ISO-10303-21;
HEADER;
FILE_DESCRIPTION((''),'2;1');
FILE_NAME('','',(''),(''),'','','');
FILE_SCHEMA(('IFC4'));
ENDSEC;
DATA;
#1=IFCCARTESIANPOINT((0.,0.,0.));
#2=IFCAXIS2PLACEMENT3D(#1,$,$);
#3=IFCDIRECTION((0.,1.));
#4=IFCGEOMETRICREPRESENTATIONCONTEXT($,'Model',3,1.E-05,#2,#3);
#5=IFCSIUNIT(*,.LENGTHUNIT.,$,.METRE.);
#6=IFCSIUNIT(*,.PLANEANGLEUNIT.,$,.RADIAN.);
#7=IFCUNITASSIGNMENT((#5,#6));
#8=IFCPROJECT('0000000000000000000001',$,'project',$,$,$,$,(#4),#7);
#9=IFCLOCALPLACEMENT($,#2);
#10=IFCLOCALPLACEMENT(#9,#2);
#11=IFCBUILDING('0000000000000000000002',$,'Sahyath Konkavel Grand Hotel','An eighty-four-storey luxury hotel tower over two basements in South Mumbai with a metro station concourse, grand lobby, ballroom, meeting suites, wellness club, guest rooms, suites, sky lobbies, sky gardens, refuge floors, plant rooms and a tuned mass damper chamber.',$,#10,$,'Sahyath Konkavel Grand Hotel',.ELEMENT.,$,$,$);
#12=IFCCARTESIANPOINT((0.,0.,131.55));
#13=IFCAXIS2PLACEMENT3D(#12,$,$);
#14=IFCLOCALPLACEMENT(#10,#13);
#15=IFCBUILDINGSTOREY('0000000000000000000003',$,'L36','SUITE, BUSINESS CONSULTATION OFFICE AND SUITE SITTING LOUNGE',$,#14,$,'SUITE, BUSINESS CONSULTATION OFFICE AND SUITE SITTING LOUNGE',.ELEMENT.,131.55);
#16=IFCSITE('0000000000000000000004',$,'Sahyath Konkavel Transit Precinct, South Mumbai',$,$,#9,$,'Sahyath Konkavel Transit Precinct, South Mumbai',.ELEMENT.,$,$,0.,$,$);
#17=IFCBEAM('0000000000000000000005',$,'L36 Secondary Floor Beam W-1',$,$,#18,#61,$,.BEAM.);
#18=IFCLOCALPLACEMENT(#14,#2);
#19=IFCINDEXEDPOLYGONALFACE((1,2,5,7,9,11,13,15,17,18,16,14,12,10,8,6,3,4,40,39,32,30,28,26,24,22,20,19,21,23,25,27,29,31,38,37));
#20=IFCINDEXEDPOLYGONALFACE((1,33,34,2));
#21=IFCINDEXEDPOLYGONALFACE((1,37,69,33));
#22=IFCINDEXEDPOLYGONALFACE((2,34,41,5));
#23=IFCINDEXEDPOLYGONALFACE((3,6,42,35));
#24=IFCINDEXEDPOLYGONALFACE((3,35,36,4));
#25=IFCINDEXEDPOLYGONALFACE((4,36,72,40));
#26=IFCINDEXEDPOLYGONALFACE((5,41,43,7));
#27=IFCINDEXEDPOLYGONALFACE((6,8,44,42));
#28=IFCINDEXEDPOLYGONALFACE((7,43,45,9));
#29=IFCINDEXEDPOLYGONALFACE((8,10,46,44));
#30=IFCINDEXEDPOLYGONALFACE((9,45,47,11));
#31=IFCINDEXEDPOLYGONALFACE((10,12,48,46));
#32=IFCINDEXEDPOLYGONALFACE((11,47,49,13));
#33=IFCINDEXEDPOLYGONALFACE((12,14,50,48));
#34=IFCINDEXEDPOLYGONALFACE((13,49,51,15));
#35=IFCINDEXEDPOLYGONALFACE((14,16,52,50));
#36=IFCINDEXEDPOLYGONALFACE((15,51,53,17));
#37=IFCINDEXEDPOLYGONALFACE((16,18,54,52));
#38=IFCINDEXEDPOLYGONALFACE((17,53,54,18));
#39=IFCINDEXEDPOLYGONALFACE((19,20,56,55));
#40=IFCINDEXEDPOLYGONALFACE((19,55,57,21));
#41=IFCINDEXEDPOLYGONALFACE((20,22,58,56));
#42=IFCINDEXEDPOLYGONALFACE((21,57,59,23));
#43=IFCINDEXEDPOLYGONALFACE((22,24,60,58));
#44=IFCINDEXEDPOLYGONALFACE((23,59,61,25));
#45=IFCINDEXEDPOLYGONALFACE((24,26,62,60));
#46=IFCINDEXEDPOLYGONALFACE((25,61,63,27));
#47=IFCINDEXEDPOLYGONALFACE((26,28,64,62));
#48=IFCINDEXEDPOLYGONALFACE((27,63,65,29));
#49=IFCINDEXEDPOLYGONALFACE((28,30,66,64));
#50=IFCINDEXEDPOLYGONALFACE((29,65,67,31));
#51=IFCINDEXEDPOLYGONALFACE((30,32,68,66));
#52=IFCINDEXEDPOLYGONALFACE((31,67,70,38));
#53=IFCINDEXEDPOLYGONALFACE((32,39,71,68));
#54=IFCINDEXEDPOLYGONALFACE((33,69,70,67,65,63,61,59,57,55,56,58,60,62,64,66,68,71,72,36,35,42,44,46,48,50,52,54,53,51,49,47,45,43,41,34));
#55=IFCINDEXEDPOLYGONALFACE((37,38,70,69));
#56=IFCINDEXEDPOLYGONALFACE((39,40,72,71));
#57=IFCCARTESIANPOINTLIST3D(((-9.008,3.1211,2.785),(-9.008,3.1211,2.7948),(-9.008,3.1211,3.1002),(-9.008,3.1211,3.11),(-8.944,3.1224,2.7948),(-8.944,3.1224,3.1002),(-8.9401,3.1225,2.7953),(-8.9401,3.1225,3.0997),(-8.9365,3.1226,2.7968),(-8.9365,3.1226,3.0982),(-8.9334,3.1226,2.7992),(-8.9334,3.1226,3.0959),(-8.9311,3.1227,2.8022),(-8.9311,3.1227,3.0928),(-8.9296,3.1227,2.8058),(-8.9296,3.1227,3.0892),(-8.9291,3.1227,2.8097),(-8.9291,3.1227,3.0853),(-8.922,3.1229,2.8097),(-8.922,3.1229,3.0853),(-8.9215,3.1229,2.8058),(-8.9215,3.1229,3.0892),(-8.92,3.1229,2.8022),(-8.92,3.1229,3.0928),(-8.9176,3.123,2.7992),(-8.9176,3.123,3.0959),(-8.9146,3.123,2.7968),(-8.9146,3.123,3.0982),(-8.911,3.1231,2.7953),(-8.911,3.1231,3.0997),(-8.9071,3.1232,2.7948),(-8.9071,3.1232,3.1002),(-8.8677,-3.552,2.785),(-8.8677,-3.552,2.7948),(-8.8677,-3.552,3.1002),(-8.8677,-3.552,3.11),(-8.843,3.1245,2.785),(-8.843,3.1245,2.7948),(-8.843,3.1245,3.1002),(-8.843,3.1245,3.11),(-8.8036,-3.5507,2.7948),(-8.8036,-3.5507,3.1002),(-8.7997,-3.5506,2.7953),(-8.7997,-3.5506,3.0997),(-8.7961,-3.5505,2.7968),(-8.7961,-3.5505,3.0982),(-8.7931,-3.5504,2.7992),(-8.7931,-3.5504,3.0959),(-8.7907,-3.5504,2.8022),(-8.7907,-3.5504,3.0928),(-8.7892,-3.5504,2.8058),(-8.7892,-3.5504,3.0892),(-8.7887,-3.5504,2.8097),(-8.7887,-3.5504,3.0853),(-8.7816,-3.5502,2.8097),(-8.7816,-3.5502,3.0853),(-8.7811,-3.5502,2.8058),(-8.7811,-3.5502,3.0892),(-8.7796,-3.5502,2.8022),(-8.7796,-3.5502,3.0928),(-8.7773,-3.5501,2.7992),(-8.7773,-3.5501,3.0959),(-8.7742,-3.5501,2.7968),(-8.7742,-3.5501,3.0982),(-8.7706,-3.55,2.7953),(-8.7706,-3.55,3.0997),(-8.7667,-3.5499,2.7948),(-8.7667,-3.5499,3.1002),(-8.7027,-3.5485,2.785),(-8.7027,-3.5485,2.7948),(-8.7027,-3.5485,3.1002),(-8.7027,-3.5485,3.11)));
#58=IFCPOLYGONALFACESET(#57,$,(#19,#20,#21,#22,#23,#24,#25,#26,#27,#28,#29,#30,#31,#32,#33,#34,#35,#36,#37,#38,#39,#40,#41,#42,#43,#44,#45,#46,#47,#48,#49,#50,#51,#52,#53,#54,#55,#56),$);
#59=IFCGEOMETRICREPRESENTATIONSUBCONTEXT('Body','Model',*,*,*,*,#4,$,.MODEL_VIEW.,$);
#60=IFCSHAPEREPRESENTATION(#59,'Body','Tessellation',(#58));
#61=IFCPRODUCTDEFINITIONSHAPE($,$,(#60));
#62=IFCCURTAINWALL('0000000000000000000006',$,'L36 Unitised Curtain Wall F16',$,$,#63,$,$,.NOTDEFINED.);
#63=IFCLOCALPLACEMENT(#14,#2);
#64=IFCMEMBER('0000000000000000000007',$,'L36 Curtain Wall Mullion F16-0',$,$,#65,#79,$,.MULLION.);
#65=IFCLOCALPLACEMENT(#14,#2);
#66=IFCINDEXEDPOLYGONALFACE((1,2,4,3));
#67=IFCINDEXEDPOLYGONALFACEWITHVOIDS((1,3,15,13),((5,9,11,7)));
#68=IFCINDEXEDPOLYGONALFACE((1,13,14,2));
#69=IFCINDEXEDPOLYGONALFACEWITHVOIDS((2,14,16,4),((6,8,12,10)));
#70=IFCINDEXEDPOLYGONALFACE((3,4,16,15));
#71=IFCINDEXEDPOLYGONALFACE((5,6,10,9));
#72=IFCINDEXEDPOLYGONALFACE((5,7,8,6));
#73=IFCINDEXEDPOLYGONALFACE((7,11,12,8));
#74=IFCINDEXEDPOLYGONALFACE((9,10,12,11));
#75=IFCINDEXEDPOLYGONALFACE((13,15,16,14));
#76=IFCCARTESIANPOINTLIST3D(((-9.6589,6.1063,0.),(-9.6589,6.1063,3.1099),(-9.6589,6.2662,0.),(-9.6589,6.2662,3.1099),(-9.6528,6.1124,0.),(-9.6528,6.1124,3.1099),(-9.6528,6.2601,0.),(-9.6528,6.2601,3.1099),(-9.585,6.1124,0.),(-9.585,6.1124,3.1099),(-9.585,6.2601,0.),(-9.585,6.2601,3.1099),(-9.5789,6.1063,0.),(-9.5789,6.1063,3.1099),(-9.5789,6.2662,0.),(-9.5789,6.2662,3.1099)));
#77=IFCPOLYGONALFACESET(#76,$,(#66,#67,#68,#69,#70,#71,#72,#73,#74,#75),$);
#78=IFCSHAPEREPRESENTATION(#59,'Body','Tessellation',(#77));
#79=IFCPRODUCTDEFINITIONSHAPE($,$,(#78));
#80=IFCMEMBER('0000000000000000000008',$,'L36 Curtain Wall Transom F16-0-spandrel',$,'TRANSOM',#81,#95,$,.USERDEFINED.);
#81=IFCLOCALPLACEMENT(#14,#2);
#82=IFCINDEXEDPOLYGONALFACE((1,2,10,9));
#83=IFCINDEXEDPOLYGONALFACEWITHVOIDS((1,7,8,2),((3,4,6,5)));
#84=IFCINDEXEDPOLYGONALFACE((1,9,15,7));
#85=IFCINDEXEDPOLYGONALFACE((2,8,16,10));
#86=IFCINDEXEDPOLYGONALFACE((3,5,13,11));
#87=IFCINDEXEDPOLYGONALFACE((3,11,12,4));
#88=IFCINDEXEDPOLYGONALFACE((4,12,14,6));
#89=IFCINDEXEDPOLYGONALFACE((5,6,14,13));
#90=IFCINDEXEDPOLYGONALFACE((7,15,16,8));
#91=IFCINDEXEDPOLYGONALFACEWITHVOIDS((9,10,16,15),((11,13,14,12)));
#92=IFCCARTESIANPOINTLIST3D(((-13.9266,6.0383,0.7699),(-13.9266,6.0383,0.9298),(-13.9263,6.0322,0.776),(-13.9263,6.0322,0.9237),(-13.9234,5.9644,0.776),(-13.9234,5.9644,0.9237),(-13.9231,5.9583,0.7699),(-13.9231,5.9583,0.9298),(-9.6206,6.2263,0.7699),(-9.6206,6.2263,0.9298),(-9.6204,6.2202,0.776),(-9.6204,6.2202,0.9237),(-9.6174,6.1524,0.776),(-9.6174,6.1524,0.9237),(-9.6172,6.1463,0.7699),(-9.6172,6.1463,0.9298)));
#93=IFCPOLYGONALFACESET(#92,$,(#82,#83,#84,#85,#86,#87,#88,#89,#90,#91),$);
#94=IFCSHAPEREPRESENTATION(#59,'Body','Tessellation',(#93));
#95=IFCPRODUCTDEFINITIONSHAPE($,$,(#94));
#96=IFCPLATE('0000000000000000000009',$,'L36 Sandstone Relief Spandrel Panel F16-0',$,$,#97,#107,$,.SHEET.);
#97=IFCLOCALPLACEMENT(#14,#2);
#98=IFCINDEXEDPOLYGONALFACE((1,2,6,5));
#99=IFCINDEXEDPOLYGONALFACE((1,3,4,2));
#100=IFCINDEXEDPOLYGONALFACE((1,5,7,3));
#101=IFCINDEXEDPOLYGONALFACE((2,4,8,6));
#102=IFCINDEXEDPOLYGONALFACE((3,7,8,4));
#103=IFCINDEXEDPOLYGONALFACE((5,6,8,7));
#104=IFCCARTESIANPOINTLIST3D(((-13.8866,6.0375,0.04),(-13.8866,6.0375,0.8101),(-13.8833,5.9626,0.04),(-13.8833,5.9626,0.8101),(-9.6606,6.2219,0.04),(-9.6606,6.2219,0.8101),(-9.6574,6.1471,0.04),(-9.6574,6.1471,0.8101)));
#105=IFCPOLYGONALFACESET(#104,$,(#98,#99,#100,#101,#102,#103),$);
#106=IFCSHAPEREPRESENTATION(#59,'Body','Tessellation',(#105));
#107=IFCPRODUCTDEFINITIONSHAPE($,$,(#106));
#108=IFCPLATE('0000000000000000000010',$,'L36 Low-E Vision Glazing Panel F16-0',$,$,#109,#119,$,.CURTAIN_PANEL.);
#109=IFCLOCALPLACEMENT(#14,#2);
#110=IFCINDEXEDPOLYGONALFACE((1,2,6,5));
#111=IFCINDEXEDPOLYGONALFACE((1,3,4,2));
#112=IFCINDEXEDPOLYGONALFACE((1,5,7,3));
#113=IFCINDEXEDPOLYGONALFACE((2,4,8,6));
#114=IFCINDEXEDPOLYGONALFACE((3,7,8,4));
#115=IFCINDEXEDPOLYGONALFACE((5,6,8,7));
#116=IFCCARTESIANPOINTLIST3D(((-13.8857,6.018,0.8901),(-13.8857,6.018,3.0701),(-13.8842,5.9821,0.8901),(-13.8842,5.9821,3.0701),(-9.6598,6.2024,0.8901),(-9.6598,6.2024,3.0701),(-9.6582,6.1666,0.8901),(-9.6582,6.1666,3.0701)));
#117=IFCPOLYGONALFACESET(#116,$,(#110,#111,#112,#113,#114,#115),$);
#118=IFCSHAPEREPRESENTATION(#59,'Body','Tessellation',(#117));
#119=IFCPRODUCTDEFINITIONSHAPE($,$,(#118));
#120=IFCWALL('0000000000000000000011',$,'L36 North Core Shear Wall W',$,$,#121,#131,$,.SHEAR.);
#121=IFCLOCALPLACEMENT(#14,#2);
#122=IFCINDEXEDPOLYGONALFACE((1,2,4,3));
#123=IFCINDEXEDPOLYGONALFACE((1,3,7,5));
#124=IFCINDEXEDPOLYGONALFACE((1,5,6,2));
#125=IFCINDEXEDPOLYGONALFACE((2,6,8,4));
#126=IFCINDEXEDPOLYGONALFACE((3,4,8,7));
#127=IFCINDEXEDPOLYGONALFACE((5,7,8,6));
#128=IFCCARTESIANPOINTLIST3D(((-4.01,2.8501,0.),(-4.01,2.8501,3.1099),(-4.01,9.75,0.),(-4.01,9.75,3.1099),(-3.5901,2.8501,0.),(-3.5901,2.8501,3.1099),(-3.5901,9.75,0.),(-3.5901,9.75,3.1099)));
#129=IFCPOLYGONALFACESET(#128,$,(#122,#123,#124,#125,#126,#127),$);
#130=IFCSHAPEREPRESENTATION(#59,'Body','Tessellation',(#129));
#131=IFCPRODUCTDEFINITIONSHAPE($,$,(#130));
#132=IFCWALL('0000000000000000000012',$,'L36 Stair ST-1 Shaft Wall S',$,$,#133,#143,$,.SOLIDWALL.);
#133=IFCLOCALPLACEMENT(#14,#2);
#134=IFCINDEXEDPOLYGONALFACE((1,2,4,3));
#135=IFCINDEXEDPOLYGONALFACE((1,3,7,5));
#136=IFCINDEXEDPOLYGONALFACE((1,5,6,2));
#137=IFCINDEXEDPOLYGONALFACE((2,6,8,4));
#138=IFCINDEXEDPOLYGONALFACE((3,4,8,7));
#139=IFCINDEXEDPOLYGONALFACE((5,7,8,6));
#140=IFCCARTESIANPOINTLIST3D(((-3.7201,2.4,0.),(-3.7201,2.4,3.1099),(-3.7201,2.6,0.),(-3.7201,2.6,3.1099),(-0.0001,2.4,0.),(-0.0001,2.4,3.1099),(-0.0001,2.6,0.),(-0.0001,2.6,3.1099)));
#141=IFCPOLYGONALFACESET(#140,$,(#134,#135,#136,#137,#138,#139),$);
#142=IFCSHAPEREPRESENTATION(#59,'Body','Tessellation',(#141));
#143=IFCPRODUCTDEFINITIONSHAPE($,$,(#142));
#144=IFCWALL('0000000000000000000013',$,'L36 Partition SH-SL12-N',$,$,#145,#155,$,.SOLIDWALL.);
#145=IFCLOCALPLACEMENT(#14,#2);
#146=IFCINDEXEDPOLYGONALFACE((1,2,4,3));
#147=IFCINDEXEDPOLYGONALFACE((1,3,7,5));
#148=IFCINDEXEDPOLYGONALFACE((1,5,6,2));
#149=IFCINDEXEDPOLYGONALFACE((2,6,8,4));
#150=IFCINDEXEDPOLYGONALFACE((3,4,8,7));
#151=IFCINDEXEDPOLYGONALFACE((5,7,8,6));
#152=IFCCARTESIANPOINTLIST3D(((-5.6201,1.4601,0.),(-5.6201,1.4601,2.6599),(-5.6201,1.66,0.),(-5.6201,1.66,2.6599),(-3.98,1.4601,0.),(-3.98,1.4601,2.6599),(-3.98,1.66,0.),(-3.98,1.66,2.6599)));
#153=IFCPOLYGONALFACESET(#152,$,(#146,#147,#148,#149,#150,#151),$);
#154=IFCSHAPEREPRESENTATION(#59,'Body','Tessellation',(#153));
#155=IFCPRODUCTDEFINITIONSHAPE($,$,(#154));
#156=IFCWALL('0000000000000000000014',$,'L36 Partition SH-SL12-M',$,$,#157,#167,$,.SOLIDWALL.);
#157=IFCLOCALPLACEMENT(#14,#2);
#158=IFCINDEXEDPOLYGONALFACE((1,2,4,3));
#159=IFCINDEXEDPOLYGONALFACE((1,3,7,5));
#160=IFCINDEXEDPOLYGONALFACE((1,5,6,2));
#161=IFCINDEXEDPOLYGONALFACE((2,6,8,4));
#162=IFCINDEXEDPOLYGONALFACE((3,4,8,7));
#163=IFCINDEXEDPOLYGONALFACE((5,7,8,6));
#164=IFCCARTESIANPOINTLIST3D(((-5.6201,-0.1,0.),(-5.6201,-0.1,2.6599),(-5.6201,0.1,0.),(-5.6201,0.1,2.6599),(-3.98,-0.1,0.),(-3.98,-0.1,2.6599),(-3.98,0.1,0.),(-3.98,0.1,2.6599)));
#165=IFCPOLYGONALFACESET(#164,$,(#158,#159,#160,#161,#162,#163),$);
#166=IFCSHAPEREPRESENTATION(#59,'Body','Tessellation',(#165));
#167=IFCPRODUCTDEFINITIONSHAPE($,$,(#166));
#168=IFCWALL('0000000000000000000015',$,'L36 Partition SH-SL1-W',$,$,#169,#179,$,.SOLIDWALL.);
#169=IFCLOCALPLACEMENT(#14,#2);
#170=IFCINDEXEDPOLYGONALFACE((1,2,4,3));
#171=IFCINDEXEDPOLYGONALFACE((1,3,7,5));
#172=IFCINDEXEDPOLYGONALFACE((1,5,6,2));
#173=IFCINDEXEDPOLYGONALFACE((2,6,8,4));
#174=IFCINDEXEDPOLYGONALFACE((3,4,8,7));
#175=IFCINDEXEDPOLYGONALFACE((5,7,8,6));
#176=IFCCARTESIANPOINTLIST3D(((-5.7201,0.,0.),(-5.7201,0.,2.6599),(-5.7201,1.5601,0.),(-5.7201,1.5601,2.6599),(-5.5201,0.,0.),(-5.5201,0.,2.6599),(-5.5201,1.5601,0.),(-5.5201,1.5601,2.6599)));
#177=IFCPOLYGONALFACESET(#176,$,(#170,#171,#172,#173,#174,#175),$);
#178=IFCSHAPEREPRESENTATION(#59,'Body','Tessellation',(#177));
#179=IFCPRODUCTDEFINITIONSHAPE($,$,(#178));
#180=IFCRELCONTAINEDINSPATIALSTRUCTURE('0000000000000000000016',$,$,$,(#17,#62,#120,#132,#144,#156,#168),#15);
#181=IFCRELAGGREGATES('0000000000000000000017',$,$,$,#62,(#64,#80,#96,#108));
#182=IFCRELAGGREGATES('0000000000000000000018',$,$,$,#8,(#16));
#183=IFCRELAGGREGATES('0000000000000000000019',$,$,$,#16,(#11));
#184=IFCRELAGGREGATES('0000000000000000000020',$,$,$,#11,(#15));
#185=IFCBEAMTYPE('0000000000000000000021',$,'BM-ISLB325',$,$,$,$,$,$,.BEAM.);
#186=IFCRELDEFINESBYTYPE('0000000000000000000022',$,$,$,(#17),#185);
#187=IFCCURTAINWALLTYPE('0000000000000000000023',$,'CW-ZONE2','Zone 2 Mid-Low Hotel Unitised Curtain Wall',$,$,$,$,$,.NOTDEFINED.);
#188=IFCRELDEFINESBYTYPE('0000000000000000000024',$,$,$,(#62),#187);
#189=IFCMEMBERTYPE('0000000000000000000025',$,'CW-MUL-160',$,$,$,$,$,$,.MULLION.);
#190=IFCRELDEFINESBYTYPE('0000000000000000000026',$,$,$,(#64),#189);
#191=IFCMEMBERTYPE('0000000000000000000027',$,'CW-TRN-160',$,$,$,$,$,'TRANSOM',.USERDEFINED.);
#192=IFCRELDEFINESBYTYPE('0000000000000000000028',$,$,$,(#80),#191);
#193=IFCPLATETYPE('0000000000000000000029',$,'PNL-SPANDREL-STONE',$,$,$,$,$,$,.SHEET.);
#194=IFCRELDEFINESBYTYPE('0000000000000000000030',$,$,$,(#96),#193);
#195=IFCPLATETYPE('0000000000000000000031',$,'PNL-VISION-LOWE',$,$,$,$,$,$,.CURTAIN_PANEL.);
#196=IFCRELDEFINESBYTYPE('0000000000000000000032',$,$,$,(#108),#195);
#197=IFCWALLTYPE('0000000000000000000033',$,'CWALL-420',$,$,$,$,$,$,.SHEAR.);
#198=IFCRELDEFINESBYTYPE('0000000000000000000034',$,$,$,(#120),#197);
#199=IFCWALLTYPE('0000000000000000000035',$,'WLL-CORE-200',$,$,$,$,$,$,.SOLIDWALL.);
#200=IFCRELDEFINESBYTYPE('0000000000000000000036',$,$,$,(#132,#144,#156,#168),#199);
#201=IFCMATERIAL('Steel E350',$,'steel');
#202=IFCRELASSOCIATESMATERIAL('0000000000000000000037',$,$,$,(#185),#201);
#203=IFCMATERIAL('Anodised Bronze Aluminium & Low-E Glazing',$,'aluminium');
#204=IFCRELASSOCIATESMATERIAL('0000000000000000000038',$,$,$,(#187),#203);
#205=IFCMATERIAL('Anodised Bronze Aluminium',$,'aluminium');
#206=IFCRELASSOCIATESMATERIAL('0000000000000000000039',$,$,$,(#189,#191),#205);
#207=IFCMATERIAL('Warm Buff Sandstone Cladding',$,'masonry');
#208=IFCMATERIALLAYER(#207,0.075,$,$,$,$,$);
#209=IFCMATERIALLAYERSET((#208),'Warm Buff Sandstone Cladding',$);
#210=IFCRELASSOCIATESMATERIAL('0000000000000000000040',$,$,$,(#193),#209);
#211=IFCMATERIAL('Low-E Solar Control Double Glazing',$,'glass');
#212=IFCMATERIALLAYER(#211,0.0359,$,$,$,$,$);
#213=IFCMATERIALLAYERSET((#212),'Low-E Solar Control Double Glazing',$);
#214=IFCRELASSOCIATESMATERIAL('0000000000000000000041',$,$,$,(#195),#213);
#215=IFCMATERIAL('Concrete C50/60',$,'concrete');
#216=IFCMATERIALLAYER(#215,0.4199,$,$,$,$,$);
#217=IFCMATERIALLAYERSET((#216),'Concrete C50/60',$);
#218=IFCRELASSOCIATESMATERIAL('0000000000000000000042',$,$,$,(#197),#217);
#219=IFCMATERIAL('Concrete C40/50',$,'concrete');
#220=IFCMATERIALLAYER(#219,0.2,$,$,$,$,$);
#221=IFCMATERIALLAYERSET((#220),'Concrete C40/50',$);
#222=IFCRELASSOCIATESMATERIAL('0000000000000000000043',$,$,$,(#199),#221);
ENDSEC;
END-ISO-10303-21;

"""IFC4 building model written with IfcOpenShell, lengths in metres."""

from ifc_helpers import new_model, si_unit, direction, frame, frame_2d, origin, origin_2d, place, context, subcontext, project, spatial, rectangle, hollow_rectangle, i_section, extrude, source, transform, mapped, material, layer, layer_set, material_profile, profile_set, type_object, element, aggregate, save


model = new_model("IFC4")

# Units and contexts
model_context = context("Model", 3, precision=1e-05, world=origin(), true_north=direction((0.0, 1.0)))
body_context = subcontext(model_context, "Body", "Model", "MODEL_VIEW")
ifc_project = project(units=[si_unit("LENGTHUNIT", "METRE"), si_unit("PLANEANGLEUNIT", "RADIAN")], contexts=[model_context])

# Site, building, storey
site_placement = place(None, origin())
site = spatial("IfcSite", under=ifc_project, at=site_placement, Name="Sahyath Konkavel Transit Precinct, South Mumbai", LongName="Sahyath Konkavel Transit Precinct, South Mumbai", CompositionType="ELEMENT", RefElevation=0.0)
building_placement = place(site_placement, origin())
building = spatial("IfcBuilding", under=site, at=building_placement, Name="Sahyath Konkavel Grand Hotel", Description="An eighty-four-storey luxury hotel tower over two basements in South Mumbai with a metro station concourse, grand lobby, ballroom, meeting suites, wellness club, guest rooms, suites, sky lobbies, sky gardens, refuge floors, plant rooms and a tuned mass damper chamber.", LongName="Sahyath Konkavel Grand Hotel", CompositionType="ELEMENT")
storey_placement = place(building_placement, frame((0.0, 0.0, 131.55)))
storey = spatial("IfcBuildingStorey", under=building, at=storey_placement, Name="L36", Description="SUITE, BUSINESS CONSULTATION OFFICE AND SUITE SITTING LOUNGE", LongName="SUITE, BUSINESS CONSULTATION OFFICE AND SUITE SITTING LOUNGE", CompositionType="ELEMENT", Elevation=131.55)

# Shared definitions
ifc_material_1 = material(Name="Concrete C50/60", Category="concrete")

# Beam
ifc_material_2 = material(Name="Steel E350", Category="steel")
ifc_material_profile_1 = material_profile(ifc_material_2, i_section(OverallWidth=0.165, OverallDepth=0.325, WebThickness=0.0071, FlangeThickness=0.0098, FilletRadius=0.0149, at=origin_2d()), Name="ISLB 325")
ifc_profile_set_1 = profile_set([ifc_material_profile_1], Name="Steel E350")
beam_type_1 = type_object("IfcBeamType", Name="BM-ISLB325", PredefinedType="BEAM", material=ifc_profile_set_1)
shared_shape_1 = source(origin(), body_context, "Body", "SweptSolid", [
    extrude(i_section(OverallWidth=0.165, OverallDepth=0.325, WebThickness=0.0071, FlangeThickness=0.0098, FilletRadius=0.0149, at=origin_2d()), origin(), (0.0, 0.0, 1.0), 6.6746),
])
beam_1_placement = place(storey_placement, frame((-8.9255, 3.1228, 2.9475), z_axis=(0.021032, -0.999779, 0.0), x_axis=(0.999779, 0.021032, 0.0)))
element("IfcBeam", 1, at=beam_1_placement, inside=storey, type_object=beam_type_1, Name="L36 Secondary Floor Beam W-1", PredefinedType="BEAM", context=body_context, shape_type="MappedRepresentation", body=[
    mapped(shared_shape_1, transform((0.0, 0.0, 0.0), scale=1.0)),
])

# Curtain wall, members, plates
ifc_material_3 = material(Name="Anodised Bronze Aluminium & Low-E Glazing", Category="aluminium")
curtain_wall_type = type_object("IfcCurtainWallType", Name="CW-ZONE2", Description="Zone 2 Mid-Low Hotel Unitised Curtain Wall", PredefinedType="NOTDEFINED", material=ifc_material_3)
curtain_wall_placement = place(storey_placement, origin())
curtain_wall = element("IfcCurtainWall", 2, at=curtain_wall_placement, inside=storey, type_object=curtain_wall_type, Name="L36 Unitised Curtain Wall F16", PredefinedType="NOTDEFINED")
ifc_material_4 = material(Name="Anodised Bronze Aluminium", Category="aluminium")
ifc_material_profile_2 = material_profile(ifc_material_4, hollow_rectangle(XDim=0.0801, YDim=0.1599, WallThickness=0.0061, at=origin_2d()), Name="RHS 160x80x6")
ifc_profile_set_2 = profile_set([ifc_material_profile_2], Name="Anodised Bronze Aluminium")
member_type_1 = type_object("IfcMemberType", Name="CW-MUL-160", PredefinedType="MULLION", material=ifc_profile_set_2)
shared_shape_2 = source(origin(), body_context, "Body", "SweptSolid", [
    extrude(hollow_rectangle(XDim=0.0801, YDim=0.1599, WallThickness=0.0061, at=origin_2d()), origin(), (0.0, 0.0, 1.0), 3.1099),
])
member_1_placement = place(storey_placement, frame((-9.6189, 6.1863, 0.0), z_axis=(0.0, 0.0, 1.0), x_axis=(1.0, 0.0, 0.0)))
member_1 = element("IfcMember", 3, at=member_1_placement, type_object=member_type_1, Name="L36 Curtain Wall Mullion F16-0", PredefinedType="MULLION", context=body_context, shape_type="MappedRepresentation", body=[
    mapped(shared_shape_2, transform((0.0, 0.0, 0.0), scale=1.0)),
])
ifc_material_profile_3 = material_profile(ifc_material_4, hollow_rectangle(XDim=0.0801, YDim=0.1599, WallThickness=0.0061, at=origin_2d()), Name="RHS 160x80x6")
ifc_profile_set_3 = profile_set([ifc_material_profile_3], Name="Anodised Bronze Aluminium")
member_type_2 = type_object("IfcMemberType", Name="CW-TRN-160", ElementType="TRANSOM", PredefinedType="USERDEFINED", material=ifc_profile_set_3)
shared_shape_3 = source(origin(), body_context, "Body", "SweptSolid", [
    extrude(hollow_rectangle(XDim=0.0801, YDim=0.1599, WallThickness=0.0061, at=origin_2d()), origin(), (0.0, 0.0, 1.0), 4.3101),
])
member_2_placement = place(storey_placement, frame((-9.6189, 6.1863, 0.8499), z_axis=(-0.999048, -0.043617, 0.0), x_axis=(0.043617, -0.999048, 0.0)))
member_2 = element("IfcMember", 4, at=member_2_placement, type_object=member_type_2, Name="L36 Curtain Wall Transom F16-0-spandrel", ObjectType="TRANSOM", PredefinedType="USERDEFINED", context=body_context, shape_type="MappedRepresentation", body=[
    mapped(shared_shape_3, transform((0.0, 0.0, 0.0), scale=1.0)),
])
ifc_material_5 = material(Name="Warm Buff Sandstone Cladding", Category="masonry")
ifc_layer_1 = layer(ifc_material_5, 0.075)
ifc_layer_set_1 = layer_set([ifc_layer_1], Name="Warm Buff Sandstone Cladding")
plate_type_1 = type_object("IfcPlateType", Name="PNL-SPANDREL-STONE", PredefinedType="SHEET", material=ifc_layer_set_1)
shared_shape_4 = source(origin(), body_context, "Body", "SweptSolid", [
    extrude(rectangle(XDim=4.23, YDim=0.075, at=origin_2d()), origin(), (0.0, 0.0, 1.0), 0.77),
])
plate_1_placement = place(storey_placement, frame((-11.772, 6.0923, 0.04), z_axis=(0.0, 0.0, 1.0), x_axis=(-0.999049, -0.043602, 0.0)))
plate_1 = element("IfcPlate", 5, at=plate_1_placement, type_object=plate_type_1, Name="L36 Sandstone Relief Spandrel Panel F16-0", PredefinedType="SHEET", context=body_context, shape_type="MappedRepresentation", body=[
    mapped(shared_shape_4, transform((0.0, 0.0, 0.0), scale=1.0)),
])
ifc_material_6 = material(Name="Low-E Solar Control Double Glazing", Category="glass")
ifc_layer_2 = layer(ifc_material_6, 0.0359)
ifc_layer_set_2 = layer_set([ifc_layer_2], Name="Low-E Solar Control Double Glazing")
plate_type_2 = type_object("IfcPlateType", Name="PNL-VISION-LOWE", PredefinedType="CURTAIN_PANEL", material=ifc_layer_set_2)
shared_shape_5 = source(origin(), body_context, "Body", "SweptSolid", [
    extrude(rectangle(XDim=4.23, YDim=0.0359, at=origin_2d()), origin(), (0.0, 0.0, 1.0), 2.1799),
])
plate_2_placement = place(storey_placement, frame((-11.772, 6.0923, 0.8901), z_axis=(0.0, 0.0, 1.0), x_axis=(-0.999049, -0.043602, 0.0)))
plate_2 = element("IfcPlate", 6, at=plate_2_placement, type_object=plate_type_2, Name="L36 Low-E Vision Glazing Panel F16-0", PredefinedType="CURTAIN_PANEL", context=body_context, shape_type="MappedRepresentation", body=[
    mapped(shared_shape_5, transform((0.0, 0.0, 0.0), scale=1.0)),
])
aggregate(curtain_wall, [member_1, member_2, plate_1, plate_2])

# Walls
ifc_layer_3 = layer(ifc_material_1, 0.4199)
ifc_layer_set_3 = layer_set([ifc_layer_3], Name="Concrete C50/60")
wall_type_1 = type_object("IfcWallType", Name="CWALL-420", PredefinedType="SHEAR", material=ifc_layer_set_3)
wall_1_placement = place(storey_placement, frame((-3.8, 2.8501, 0.0), z_axis=(0.0, 0.0, 1.0), x_axis=(0.0, 1.0, 0.0)))
element("IfcWall", 7, at=wall_1_placement, inside=storey, type_object=wall_type_1, Name="L36 North Core Shear Wall W", PredefinedType="SHEAR", context=body_context, shape_type="SweptSolid", body=[
    extrude(rectangle(XDim=6.8999, YDim=0.4199, at=frame_2d((3.45, 0.0))), origin(), (0.0, 0.0, 1.0), 3.1099),
])
ifc_material_7 = material(Name="Concrete C40/50", Category="concrete")
ifc_layer_4 = layer(ifc_material_7, 0.2)
ifc_layer_set_4 = layer_set([ifc_layer_4], Name="Concrete C40/50")
wall_type_2 = type_object("IfcWallType", Name="WLL-CORE-200", PredefinedType="SOLIDWALL", material=ifc_layer_set_4)
wall_2_placement = place(storey_placement, frame((-3.72, 2.5, 0.0), z_axis=(0.0, 0.0, 1.0), x_axis=(1.0, 0.0, 0.0)))
element("IfcWall", 8, at=wall_2_placement, inside=storey, type_object=wall_type_2, Name="L36 Stair ST-1 Shaft Wall S", PredefinedType="SOLIDWALL", context=body_context, shape_type="SweptSolid", body=[
    extrude(rectangle(XDim=3.72, YDim=0.2, at=frame_2d((1.8599, 0.0))), origin(), (0.0, 0.0, 1.0), 3.1099),
])
for number, where, z_axis, x_axis, name in (
    (9, (-5.6201, 1.5601, 0.0), (0.0, 0.0, 1.0), (1.0, 0.0, 0.0), "L36 Partition SH-SL12-N"),
    (10, (-5.6201, 0.0, 0.0), (0.0, 0.0, 1.0), (1.0, 0.0, 0.0), "L36 Partition SH-SL12-M"),
):
    element("IfcWall", number, at=place(storey_placement, frame(where, z_axis=z_axis, x_axis=x_axis)), inside=storey, type_object=wall_type_2, Name=name, PredefinedType="SOLIDWALL", context=body_context, shape_type="SweptSolid", body=[
        extrude(rectangle(XDim=1.6401, YDim=0.2, at=frame_2d((0.8201, 0.0))), origin(), (0.0, 0.0, 1.0), 2.6599),
    ])
wall_3_placement = place(storey_placement, frame((-5.6201, 0.0, 0.0), z_axis=(0.0, 0.0, 1.0), x_axis=(0.0, 1.0, 0.0)))
element("IfcWall", 11, at=wall_3_placement, inside=storey, type_object=wall_type_2, Name="L36 Partition SH-SL1-W", PredefinedType="SOLIDWALL", context=body_context, shape_type="SweptSolid", body=[
    extrude(rectangle(XDim=1.5601, YDim=0.2, at=frame_2d((0.78, 0.0))), origin(), (0.0, 0.0, 1.0), 2.6599),
])

save(model, "model.ifc")
